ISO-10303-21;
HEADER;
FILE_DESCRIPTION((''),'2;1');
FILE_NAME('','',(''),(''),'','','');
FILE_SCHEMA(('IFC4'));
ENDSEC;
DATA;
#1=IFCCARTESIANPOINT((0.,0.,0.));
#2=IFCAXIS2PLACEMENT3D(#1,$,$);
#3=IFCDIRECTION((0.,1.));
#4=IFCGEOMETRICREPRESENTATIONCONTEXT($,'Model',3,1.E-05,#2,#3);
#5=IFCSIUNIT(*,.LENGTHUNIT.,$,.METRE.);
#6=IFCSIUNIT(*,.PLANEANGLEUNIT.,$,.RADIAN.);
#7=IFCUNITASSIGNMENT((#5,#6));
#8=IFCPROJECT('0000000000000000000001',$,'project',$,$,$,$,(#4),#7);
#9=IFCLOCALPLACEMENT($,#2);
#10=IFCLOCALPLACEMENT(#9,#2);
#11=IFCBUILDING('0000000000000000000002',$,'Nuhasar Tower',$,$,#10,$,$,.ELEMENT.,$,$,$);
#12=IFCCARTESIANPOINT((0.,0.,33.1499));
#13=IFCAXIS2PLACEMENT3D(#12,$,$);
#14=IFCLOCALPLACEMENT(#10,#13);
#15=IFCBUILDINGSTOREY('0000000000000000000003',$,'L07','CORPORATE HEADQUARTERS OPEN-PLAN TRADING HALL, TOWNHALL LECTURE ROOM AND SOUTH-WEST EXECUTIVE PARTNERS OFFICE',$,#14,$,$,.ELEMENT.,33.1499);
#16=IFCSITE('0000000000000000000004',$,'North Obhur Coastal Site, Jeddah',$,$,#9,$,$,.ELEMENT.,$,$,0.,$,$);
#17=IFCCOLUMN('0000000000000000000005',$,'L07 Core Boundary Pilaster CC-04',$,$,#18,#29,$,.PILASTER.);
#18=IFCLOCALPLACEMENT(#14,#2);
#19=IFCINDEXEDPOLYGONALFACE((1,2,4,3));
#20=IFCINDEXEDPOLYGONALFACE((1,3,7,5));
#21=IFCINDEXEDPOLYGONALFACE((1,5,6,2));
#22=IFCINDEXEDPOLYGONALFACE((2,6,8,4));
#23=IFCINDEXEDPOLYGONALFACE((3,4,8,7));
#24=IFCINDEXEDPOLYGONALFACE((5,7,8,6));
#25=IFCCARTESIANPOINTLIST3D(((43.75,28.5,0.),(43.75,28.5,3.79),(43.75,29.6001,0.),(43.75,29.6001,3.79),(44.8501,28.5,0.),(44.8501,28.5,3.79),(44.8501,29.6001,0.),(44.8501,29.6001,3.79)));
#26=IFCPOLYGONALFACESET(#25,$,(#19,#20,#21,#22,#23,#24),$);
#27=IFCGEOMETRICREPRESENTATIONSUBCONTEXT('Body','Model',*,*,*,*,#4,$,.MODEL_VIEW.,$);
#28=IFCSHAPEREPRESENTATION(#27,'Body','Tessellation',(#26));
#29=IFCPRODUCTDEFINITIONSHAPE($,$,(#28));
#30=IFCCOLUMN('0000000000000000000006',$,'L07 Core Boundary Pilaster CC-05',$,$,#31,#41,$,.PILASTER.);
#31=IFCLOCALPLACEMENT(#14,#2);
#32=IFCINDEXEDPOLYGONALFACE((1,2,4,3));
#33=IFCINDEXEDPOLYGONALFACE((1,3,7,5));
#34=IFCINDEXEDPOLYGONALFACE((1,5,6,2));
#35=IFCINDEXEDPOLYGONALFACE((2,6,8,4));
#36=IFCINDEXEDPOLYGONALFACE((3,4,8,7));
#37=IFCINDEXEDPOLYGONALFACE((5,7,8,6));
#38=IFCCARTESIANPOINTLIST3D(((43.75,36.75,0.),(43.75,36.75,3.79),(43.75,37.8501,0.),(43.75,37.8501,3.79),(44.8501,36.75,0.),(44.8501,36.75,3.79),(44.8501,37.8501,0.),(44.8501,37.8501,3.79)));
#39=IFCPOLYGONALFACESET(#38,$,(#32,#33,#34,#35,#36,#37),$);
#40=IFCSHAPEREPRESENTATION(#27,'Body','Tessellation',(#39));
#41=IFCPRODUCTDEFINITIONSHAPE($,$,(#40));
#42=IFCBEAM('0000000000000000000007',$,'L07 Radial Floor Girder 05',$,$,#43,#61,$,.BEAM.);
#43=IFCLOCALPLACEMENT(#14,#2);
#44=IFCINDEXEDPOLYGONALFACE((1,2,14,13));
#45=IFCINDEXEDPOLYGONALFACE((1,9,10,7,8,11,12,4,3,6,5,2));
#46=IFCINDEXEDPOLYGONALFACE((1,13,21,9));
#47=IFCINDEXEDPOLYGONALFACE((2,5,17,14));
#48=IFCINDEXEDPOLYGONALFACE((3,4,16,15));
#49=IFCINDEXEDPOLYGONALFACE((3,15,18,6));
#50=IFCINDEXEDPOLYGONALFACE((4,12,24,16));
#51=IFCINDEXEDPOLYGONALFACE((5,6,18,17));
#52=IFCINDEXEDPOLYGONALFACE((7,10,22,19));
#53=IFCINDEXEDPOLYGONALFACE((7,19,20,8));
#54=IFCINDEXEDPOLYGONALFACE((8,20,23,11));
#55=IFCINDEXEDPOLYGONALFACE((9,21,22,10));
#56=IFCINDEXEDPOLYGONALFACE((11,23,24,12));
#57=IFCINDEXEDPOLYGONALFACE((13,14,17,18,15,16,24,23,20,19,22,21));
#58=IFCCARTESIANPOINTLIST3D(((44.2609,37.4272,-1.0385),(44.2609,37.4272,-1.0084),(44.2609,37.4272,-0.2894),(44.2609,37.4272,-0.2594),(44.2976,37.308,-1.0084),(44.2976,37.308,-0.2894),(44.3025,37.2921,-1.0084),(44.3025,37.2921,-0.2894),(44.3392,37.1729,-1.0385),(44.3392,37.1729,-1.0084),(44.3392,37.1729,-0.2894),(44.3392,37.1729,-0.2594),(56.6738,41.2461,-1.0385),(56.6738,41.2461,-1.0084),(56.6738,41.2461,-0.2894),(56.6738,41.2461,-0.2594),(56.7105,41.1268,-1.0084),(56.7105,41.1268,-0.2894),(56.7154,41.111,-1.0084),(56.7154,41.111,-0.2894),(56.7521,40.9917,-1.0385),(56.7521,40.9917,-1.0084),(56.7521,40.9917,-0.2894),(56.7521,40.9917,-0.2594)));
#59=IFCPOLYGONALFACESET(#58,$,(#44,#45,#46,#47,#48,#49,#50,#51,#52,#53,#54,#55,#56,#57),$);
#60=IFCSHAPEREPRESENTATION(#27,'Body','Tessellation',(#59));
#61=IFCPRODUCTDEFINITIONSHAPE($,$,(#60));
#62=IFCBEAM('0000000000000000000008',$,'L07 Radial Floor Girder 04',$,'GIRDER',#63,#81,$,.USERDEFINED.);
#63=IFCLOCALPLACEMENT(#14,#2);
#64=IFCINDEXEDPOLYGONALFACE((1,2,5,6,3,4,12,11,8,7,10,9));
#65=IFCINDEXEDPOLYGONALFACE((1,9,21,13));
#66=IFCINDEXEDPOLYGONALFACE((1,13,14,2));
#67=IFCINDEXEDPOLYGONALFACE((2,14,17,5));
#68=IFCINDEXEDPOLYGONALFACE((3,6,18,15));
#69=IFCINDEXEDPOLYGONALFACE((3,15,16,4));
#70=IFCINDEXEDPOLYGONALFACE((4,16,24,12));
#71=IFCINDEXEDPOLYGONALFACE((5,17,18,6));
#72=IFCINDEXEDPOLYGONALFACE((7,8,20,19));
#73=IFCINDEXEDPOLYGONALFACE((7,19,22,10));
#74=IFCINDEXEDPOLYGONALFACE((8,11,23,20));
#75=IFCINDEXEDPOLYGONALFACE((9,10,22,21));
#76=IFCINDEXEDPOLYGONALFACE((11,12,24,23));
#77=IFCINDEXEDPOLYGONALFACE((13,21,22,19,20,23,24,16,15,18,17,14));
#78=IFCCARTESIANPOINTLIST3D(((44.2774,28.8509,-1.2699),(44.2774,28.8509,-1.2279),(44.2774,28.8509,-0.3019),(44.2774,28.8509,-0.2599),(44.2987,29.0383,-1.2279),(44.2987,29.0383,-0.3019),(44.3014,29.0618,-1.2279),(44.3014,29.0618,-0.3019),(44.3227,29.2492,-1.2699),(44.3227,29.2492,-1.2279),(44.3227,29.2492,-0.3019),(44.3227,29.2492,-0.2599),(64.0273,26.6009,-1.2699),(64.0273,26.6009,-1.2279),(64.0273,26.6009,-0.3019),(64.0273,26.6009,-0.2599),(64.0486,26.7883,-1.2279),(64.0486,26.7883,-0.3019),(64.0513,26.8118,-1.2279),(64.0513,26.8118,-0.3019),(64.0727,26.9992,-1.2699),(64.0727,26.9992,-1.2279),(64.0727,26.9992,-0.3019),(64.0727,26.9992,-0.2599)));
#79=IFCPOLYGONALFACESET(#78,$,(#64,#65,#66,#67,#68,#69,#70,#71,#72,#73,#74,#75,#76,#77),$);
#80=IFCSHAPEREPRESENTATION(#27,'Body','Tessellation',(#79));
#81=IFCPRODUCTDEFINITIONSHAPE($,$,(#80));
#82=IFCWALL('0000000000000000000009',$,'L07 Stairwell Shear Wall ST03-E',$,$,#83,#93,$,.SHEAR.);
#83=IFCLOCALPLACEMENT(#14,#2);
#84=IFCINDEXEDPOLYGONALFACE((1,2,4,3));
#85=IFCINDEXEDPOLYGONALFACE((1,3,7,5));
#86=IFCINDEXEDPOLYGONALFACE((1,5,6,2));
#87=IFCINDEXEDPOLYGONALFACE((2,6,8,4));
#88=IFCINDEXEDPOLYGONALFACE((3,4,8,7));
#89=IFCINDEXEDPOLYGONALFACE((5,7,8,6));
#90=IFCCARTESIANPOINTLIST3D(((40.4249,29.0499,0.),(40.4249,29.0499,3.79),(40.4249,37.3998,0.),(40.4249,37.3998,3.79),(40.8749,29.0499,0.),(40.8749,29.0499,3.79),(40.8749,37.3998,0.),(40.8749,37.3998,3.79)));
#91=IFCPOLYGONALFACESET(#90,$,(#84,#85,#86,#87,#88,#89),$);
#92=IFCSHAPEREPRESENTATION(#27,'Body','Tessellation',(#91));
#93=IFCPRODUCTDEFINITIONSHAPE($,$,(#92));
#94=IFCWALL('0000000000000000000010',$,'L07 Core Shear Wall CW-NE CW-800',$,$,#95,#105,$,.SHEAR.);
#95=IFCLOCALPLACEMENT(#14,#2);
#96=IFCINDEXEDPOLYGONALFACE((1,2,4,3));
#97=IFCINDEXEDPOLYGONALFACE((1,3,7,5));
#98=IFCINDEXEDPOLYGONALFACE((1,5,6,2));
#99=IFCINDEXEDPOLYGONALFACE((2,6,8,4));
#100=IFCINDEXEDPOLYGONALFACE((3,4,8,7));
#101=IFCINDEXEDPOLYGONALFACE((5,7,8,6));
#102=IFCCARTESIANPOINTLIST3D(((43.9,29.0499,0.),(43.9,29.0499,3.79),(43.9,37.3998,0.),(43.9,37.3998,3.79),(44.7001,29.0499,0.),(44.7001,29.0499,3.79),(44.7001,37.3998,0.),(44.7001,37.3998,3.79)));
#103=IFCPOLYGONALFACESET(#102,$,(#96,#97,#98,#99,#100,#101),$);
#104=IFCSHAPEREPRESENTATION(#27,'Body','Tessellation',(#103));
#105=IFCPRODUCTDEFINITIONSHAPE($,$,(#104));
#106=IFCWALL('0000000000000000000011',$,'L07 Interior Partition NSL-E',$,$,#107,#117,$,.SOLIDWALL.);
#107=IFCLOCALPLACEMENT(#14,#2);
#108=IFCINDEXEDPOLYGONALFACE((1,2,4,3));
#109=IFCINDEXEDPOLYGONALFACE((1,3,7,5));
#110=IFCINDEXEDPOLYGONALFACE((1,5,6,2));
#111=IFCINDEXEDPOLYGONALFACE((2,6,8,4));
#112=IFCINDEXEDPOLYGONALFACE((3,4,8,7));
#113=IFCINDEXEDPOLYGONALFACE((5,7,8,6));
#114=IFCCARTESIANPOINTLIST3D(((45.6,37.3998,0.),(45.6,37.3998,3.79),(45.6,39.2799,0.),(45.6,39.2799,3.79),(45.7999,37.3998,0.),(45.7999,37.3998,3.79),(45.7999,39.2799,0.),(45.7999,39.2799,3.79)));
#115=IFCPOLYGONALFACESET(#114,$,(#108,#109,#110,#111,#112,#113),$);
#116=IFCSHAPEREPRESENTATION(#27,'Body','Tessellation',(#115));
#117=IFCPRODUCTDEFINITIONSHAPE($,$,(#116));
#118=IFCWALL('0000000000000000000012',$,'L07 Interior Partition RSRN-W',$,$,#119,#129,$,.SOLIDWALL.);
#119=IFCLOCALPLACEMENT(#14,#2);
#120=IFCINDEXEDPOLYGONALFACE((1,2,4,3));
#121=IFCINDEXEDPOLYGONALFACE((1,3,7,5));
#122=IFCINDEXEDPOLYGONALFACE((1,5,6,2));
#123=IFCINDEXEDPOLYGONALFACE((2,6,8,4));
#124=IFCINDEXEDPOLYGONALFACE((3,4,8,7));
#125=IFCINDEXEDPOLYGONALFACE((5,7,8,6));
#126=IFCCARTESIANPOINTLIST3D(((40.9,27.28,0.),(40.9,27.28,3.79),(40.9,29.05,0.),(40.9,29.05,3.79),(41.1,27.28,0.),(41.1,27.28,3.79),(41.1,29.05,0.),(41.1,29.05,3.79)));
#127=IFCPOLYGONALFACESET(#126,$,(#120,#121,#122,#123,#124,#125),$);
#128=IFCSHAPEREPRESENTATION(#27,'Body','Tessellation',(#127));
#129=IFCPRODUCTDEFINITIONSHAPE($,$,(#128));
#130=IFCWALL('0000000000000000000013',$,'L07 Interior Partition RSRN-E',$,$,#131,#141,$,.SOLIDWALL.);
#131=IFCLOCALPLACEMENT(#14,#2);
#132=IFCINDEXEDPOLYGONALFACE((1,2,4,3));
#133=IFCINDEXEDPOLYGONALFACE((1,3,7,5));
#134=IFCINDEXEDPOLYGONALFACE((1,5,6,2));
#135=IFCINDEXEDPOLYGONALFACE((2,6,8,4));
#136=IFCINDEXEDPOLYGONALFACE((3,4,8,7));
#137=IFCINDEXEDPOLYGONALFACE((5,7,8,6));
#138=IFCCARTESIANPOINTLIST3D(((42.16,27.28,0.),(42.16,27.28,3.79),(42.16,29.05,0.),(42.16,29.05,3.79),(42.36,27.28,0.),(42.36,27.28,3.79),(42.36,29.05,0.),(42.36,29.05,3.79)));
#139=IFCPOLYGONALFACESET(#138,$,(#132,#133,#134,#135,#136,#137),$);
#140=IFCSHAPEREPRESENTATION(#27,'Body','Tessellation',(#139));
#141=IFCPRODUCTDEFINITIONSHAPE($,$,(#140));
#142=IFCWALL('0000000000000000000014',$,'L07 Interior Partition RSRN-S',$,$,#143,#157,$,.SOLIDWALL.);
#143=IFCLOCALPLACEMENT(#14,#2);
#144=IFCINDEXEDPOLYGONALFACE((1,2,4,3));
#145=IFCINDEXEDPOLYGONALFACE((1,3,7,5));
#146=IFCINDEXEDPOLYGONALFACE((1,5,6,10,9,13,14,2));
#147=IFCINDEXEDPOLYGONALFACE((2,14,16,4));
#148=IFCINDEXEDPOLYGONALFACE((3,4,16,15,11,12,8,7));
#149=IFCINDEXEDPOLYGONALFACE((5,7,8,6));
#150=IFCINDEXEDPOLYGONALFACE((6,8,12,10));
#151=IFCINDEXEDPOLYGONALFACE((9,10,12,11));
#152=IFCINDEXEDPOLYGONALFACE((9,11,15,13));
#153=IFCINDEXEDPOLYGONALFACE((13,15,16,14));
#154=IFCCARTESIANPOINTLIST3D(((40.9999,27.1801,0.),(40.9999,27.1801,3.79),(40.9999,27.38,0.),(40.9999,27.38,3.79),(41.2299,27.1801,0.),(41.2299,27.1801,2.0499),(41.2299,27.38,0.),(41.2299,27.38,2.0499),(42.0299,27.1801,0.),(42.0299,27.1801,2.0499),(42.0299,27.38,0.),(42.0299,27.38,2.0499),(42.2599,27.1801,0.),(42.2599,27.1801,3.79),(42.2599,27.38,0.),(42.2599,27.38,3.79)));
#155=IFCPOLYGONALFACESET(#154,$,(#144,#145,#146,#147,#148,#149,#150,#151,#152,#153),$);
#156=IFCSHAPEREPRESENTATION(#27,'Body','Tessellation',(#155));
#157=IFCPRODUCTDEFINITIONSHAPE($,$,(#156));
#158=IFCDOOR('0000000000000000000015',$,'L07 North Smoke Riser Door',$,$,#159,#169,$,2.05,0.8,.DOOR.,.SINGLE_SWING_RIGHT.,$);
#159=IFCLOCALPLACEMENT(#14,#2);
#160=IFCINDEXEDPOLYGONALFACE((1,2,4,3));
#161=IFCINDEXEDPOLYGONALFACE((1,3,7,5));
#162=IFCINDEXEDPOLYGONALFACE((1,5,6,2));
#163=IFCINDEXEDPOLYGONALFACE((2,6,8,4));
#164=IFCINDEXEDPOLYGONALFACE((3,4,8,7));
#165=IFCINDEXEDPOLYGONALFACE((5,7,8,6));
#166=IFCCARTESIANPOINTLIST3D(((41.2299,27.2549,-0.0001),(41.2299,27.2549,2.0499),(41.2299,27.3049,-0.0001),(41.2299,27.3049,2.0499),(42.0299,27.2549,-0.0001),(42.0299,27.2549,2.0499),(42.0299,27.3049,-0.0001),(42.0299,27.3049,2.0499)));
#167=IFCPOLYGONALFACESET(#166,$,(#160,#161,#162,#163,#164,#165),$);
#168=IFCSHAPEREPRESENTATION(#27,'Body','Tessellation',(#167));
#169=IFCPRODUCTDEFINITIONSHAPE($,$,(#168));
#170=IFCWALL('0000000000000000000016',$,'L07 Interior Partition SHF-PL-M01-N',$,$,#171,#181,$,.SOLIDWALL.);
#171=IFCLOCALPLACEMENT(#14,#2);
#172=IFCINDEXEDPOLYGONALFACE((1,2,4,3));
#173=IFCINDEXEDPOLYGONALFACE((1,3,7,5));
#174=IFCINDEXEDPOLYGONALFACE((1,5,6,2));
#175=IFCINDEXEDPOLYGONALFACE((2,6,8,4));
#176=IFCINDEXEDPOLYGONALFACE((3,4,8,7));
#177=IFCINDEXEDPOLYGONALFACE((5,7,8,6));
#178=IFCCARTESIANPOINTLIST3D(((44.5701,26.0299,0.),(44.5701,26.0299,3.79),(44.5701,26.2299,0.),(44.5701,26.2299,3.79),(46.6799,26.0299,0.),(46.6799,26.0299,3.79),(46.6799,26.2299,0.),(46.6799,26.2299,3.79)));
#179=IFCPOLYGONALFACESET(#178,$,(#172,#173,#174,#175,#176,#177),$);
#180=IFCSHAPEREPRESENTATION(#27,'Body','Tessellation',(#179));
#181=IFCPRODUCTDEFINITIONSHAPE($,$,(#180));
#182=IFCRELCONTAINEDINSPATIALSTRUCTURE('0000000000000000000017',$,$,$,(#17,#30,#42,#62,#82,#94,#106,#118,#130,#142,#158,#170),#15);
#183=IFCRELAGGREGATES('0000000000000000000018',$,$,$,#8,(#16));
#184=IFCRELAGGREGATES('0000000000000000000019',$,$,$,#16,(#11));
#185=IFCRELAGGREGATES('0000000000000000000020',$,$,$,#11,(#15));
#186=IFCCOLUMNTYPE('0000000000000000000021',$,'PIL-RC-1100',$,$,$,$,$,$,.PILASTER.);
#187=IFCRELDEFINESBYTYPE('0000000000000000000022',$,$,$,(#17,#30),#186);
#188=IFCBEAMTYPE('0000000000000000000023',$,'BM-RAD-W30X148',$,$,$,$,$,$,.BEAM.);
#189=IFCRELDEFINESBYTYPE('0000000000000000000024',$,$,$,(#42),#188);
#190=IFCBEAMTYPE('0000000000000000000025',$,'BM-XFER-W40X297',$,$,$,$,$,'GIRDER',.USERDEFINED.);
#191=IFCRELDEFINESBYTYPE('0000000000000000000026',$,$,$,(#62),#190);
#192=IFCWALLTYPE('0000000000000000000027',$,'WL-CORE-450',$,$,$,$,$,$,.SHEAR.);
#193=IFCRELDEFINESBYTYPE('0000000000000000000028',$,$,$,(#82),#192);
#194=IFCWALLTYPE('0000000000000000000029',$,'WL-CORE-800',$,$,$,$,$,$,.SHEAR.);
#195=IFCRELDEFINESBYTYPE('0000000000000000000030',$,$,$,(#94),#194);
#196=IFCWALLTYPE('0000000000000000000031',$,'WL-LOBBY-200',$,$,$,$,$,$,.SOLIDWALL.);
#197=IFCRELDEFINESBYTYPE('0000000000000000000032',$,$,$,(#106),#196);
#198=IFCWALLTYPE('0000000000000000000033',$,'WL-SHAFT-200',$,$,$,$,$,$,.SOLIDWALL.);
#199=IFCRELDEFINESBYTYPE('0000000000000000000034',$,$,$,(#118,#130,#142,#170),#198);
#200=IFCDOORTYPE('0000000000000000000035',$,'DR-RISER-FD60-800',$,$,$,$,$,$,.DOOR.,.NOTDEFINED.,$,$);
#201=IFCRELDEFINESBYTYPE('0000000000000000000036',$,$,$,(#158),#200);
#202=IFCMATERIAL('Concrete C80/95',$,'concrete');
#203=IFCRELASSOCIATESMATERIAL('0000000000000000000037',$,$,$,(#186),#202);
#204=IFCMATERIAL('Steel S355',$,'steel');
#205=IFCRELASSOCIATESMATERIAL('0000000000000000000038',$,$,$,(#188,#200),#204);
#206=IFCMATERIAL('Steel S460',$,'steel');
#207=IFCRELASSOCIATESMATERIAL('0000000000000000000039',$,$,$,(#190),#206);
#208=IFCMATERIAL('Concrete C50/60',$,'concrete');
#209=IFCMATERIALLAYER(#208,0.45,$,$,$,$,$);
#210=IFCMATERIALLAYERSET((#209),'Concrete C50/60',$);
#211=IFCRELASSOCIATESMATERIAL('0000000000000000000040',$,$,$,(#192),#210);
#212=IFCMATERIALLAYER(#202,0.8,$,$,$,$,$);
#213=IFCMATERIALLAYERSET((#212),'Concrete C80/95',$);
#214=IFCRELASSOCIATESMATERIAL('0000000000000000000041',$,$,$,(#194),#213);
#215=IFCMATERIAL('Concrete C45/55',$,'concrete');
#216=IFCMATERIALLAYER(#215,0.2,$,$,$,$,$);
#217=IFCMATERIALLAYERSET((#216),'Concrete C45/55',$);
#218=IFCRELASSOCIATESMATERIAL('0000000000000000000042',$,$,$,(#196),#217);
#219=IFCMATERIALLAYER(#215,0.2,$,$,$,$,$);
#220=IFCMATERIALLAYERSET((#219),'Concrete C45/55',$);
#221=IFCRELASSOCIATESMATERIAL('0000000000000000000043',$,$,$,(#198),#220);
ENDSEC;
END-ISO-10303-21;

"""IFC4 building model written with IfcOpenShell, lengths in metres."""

from ifc_helpers import new_model, si_unit, direction, frame, frame_2d, origin, origin_2d, place, context, subcontext, project, spatial, rectangle, i_section, extrude, material, layer, layer_set, material_profile, profile_set, type_object, element, fill, save


model = new_model("IFC4")

# Units and contexts
model_context = context("Model", 3, precision=1e-05, world=origin(), true_north=direction((0.0, 1.0)))
body_context = subcontext(model_context, "Body", "Model", "MODEL_VIEW")
ifc_project = project(units=[si_unit("LENGTHUNIT", "METRE"), si_unit("PLANEANGLEUNIT", "RADIAN")], contexts=[model_context])

# Site, building, storey
site_placement = place(None, origin())
site = spatial("IfcSite", under=ifc_project, at=site_placement, Name="North Obhur Coastal Site, Jeddah", CompositionType="ELEMENT", RefElevation=0.0)
building_placement = place(site_placement, origin())
building = spatial("IfcBuilding", under=site, at=building_placement, Name="Nuhasar Tower", CompositionType="ELEMENT")
storey_placement = place(building_placement, frame((0.0, 0.0, 33.1499)))
storey = spatial("IfcBuildingStorey", under=building, at=storey_placement, Name="L07", Description="CORPORATE HEADQUARTERS OPEN-PLAN TRADING HALL, TOWNHALL LECTURE ROOM AND SOUTH-WEST EXECUTIVE PARTNERS OFFICE", CompositionType="ELEMENT", Elevation=33.1499)

# Columns
ifc_material_1 = material(Name="Concrete C80/95", Category="concrete")
ifc_material_profile_1 = material_profile(ifc_material_1, rectangle(XDim=1.1001, YDim=1.1001, at=origin_2d()), Name="RC1100X1100")
ifc_profile_set_1 = profile_set([ifc_material_profile_1], Name="Concrete C80/95")
column_type = type_object("IfcColumnType", Name="PIL-RC-1100", PredefinedType="PILASTER", material=ifc_profile_set_1)
for number, where, z_axis, x_axis, name in (
    (1, (44.3, 29.05, 0.0), (0.0, 0.0, 1.0), (1.0, 0.0, 0.0), "L07 Core Boundary Pilaster CC-04"),
    (2, (44.3, 37.3, 0.0), (0.0, 0.0, 1.0), (1.0, 0.0, 0.0), "L07 Core Boundary Pilaster CC-05"),
):
    element("IfcColumn", number, at=place(storey_placement, frame(where, z_axis=z_axis, x_axis=x_axis)), inside=storey, type_object=column_type, Name=name, PredefinedType="PILASTER", context=body_context, shape_type="SweptSolid", body=[
        extrude(rectangle(XDim=1.1001, YDim=1.1001, at=origin_2d()), origin(), (0.0, 0.0, 1.0), 3.79),
    ])

# Beams
ifc_material_2 = material(Name="Steel S355", Category="steel")
ifc_material_profile_2 = material_profile(ifc_material_2, i_section(OverallWidth=0.2661, OverallDepth=0.7791, WebThickness=0.0166, FlangeThickness=0.03, at=origin_2d()), Name="W30X148")
ifc_profile_set_2 = profile_set([ifc_material_profile_2], Name="Steel S355")
beam_type_1 = type_object("IfcBeamType", Name="BM-RAD-W30X148", PredefinedType="BEAM", material=ifc_profile_set_2)
beam_1_placement = place(storey_placement, frame((44.3, 37.3, -0.6489), z_axis=(0.95579, 0.294052, 0.0), x_axis=(-0.294052, 0.95579, 0.0)))
element("IfcBeam", 3, at=beam_1_placement, inside=storey, type_object=beam_type_1, Name="L07 Radial Floor Girder 05", PredefinedType="BEAM", context=body_context, shape_type="SweptSolid", body=[
    extrude(i_section(OverallWidth=0.2661, OverallDepth=0.7791, WebThickness=0.0166, FlangeThickness=0.03, at=origin_2d()), origin(), (0.0, 0.0, 1.0), 12.9871),
])
ifc_material_3 = material(Name="Steel S460", Category="steel")
ifc_material_profile_3 = material_profile(ifc_material_3, i_section(OverallWidth=0.4009, OverallDepth=1.01, WebThickness=0.0237, FlangeThickness=0.042, at=origin_2d()), Name="W40X297")
ifc_profile_set_3 = profile_set([ifc_material_profile_3], Name="Steel S460")
beam_type_2 = type_object("IfcBeamType", Name="BM-XFER-W40X297", ElementType="GIRDER", PredefinedType="USERDEFINED", material=ifc_profile_set_3)
beam_2_placement = place(storey_placement, frame((44.3, 29.05, -0.7649), z_axis=(0.993573, -0.113192, 0.0), x_axis=(0.113192, 0.993573, 0.0)))
element("IfcBeam", 4, at=beam_2_placement, inside=storey, type_object=beam_type_2, Name="L07 Radial Floor Girder 04", ObjectType="GIRDER", PredefinedType="USERDEFINED", context=body_context, shape_type="SweptSolid", body=[
    extrude(i_section(OverallWidth=0.4009, OverallDepth=1.01, WebThickness=0.0237, FlangeThickness=0.042, at=origin_2d()), origin(), (0.0, 0.0, 1.0), 19.8777),
])

# Shared definitions
ifc_material_4 = material(Name="Concrete C50/60", Category="concrete")
ifc_layer_1 = layer(ifc_material_4, 0.45)
ifc_layer_set_1 = layer_set([ifc_layer_1], Name="Concrete C50/60")
wall_type_1 = type_object("IfcWallType", Name="WL-CORE-450", PredefinedType="SHEAR", material=ifc_layer_set_1)

# Wall
wall_1_placement = place(storey_placement, frame((40.6499, 29.05, 0.0), z_axis=(0.0, 0.0, 1.0), x_axis=(0.0, 1.0, 0.0)))
element("IfcWall", 5, at=wall_1_placement, inside=storey, type_object=wall_type_1, Name="L07 Stairwell Shear Wall ST03-E", PredefinedType="SHEAR", context=body_context, shape_type="SweptSolid", body=[
    extrude(rectangle(XDim=8.3499, YDim=0.45, at=frame_2d((4.1748, 0.0))), origin(), (0.0, 0.0, 1.0), 3.79),
])

# Walls
ifc_layer_2 = layer(ifc_material_1, 0.8)
ifc_layer_set_2 = layer_set([ifc_layer_2], Name="Concrete C80/95")
wall_type_2 = type_object("IfcWallType", Name="WL-CORE-800", PredefinedType="SHEAR", material=ifc_layer_set_2)
wall_2_placement = place(storey_placement, frame((44.3, 29.05, 0.0), z_axis=(0.0, 0.0, 1.0), x_axis=(0.0, 1.0, 0.0)))
element("IfcWall", 6, at=wall_2_placement, inside=storey, type_object=wall_type_2, Name="L07 Core Shear Wall CW-NE CW-800", PredefinedType="SHEAR", context=body_context, shape_type="SweptSolid", body=[
    extrude(rectangle(XDim=8.3499, YDim=0.8, at=frame_2d((4.1748, 0.0))), origin(), (0.0, 0.0, 1.0), 3.79),
])
ifc_material_5 = material(Name="Concrete C45/55", Category="concrete")
ifc_layer_3 = layer(ifc_material_5, 0.2)
ifc_layer_set_3 = layer_set([ifc_layer_3], Name="Concrete C45/55")
wall_type_3 = type_object("IfcWallType", Name="WL-LOBBY-200", PredefinedType="SOLIDWALL", material=ifc_layer_set_3)
wall_3_placement = place(storey_placement, frame((45.7, 37.3999, 0.0), z_axis=(0.0, 0.0, 1.0), x_axis=(0.0, 1.0, 0.0)))
element("IfcWall", 7, at=wall_3_placement, inside=storey, type_object=wall_type_3, Name="L07 Interior Partition NSL-E", PredefinedType="SOLIDWALL", context=body_context, shape_type="SweptSolid", body=[
    extrude(rectangle(XDim=1.8801, YDim=0.2, at=frame_2d((0.9399, 0.0))), origin(), (0.0, 0.0, 1.0), 3.79),
])
ifc_layer_4 = layer(ifc_material_5, 0.2)
ifc_layer_set_4 = layer_set([ifc_layer_4], Name="Concrete C45/55")
wall_type_4 = type_object("IfcWallType", Name="WL-SHAFT-200", PredefinedType="SOLIDWALL", material=ifc_layer_set_4)
for number, where, z_axis, x_axis, name in (
    (8, (41.0, 27.28, 0.0), (0.0, 0.0, 1.0), (0.0, 1.0, 0.0), "L07 Interior Partition RSRN-W"),
    (9, (42.26, 27.28, 0.0), (0.0, 0.0, 1.0), (0.0, 1.0, 0.0), "L07 Interior Partition RSRN-E"),
):
    element("IfcWall", number, at=place(storey_placement, frame(where, z_axis=z_axis, x_axis=x_axis)), inside=storey, type_object=wall_type_4, Name=name, PredefinedType="SOLIDWALL", context=body_context, shape_type="SweptSolid", body=[
        extrude(rectangle(XDim=1.77, YDim=0.2, at=frame_2d((0.885, 0.0))), origin(), (0.0, 0.0, 1.0), 3.79),
    ])

# Wall, opening, door
wall_4_placement = place(storey_placement, frame((41.0, 27.28, 0.0), z_axis=(0.0, 0.0, 1.0), x_axis=(1.0, 0.0, 0.0)))
wall_4 = element("IfcWall", 10, at=wall_4_placement, inside=storey, type_object=wall_type_4, Name="L07 Interior Partition RSRN-S", PredefinedType="SOLIDWALL", context=body_context, shape_type="SweptSolid", body=[
    extrude(rectangle(XDim=1.26, YDim=0.2, at=frame_2d((0.6299, 0.0))), origin(), (0.0, 0.0, 1.0), 3.79),
])
opening_1_placement = place(wall_4_placement, frame((0.23, 0.0, 0.0)))
opening_1 = element("IfcOpeningElement", 11, at=opening_1_placement, cuts=wall_4, PredefinedType="OPENING", context=body_context, shape_type="SweptSolid", body=[
    extrude(rectangle(XDim=0.8, YDim=2.05, at=frame_2d((0.3999, 1.0249))), frame((0.0, 0.1099, 0.0), z_axis=(0.0, -1.0, 0.0), x_axis=(1.0, 0.0, 0.0)), (0.0, 0.0, 1.0), 0.22),
])
door_type_1 = type_object("IfcDoorType", Name="DR-RISER-FD60-800", OperationType="NOTDEFINED", PredefinedType="DOOR", material=ifc_material_2)
door_1_placement = place(opening_1_placement, origin())
door_1 = element("IfcDoor", 12, at=door_1_placement, inside=storey, type_object=door_type_1, Name="L07 North Smoke Riser Door", OperationType="SINGLE_SWING_RIGHT", OverallHeight=2.05, OverallWidth=0.8, PredefinedType="DOOR", context=body_context, shape_type="SweptSolid", body=[
    extrude(rectangle(XDim=0.8, YDim=2.05, at=frame_2d((0.3999, 1.0249))), frame((0.0, 0.0249, 0.0), z_axis=(0.0, -1.0, 0.0), x_axis=(1.0, 0.0, 0.0)), (0.0, 0.0, 1.0), 0.05),
])
fill(opening_1, door_1)

# Wall
wall_5_placement = place(storey_placement, frame((44.5701, 26.1299, 0.0), z_axis=(0.0, 0.0, 1.0), x_axis=(1.0, 0.0, 0.0)))
element("IfcWall", 13, at=wall_5_placement, inside=storey, type_object=wall_type_4, Name="L07 Interior Partition SHF-PL-M01-N", PredefinedType="SOLIDWALL", context=body_context, shape_type="SweptSolid", body=[
    extrude(rectangle(XDim=2.1099, YDim=0.2, at=frame_2d((1.0549, 0.0))), origin(), (0.0, 0.0, 1.0), 3.79),
])

save(model, "model.ifc")
